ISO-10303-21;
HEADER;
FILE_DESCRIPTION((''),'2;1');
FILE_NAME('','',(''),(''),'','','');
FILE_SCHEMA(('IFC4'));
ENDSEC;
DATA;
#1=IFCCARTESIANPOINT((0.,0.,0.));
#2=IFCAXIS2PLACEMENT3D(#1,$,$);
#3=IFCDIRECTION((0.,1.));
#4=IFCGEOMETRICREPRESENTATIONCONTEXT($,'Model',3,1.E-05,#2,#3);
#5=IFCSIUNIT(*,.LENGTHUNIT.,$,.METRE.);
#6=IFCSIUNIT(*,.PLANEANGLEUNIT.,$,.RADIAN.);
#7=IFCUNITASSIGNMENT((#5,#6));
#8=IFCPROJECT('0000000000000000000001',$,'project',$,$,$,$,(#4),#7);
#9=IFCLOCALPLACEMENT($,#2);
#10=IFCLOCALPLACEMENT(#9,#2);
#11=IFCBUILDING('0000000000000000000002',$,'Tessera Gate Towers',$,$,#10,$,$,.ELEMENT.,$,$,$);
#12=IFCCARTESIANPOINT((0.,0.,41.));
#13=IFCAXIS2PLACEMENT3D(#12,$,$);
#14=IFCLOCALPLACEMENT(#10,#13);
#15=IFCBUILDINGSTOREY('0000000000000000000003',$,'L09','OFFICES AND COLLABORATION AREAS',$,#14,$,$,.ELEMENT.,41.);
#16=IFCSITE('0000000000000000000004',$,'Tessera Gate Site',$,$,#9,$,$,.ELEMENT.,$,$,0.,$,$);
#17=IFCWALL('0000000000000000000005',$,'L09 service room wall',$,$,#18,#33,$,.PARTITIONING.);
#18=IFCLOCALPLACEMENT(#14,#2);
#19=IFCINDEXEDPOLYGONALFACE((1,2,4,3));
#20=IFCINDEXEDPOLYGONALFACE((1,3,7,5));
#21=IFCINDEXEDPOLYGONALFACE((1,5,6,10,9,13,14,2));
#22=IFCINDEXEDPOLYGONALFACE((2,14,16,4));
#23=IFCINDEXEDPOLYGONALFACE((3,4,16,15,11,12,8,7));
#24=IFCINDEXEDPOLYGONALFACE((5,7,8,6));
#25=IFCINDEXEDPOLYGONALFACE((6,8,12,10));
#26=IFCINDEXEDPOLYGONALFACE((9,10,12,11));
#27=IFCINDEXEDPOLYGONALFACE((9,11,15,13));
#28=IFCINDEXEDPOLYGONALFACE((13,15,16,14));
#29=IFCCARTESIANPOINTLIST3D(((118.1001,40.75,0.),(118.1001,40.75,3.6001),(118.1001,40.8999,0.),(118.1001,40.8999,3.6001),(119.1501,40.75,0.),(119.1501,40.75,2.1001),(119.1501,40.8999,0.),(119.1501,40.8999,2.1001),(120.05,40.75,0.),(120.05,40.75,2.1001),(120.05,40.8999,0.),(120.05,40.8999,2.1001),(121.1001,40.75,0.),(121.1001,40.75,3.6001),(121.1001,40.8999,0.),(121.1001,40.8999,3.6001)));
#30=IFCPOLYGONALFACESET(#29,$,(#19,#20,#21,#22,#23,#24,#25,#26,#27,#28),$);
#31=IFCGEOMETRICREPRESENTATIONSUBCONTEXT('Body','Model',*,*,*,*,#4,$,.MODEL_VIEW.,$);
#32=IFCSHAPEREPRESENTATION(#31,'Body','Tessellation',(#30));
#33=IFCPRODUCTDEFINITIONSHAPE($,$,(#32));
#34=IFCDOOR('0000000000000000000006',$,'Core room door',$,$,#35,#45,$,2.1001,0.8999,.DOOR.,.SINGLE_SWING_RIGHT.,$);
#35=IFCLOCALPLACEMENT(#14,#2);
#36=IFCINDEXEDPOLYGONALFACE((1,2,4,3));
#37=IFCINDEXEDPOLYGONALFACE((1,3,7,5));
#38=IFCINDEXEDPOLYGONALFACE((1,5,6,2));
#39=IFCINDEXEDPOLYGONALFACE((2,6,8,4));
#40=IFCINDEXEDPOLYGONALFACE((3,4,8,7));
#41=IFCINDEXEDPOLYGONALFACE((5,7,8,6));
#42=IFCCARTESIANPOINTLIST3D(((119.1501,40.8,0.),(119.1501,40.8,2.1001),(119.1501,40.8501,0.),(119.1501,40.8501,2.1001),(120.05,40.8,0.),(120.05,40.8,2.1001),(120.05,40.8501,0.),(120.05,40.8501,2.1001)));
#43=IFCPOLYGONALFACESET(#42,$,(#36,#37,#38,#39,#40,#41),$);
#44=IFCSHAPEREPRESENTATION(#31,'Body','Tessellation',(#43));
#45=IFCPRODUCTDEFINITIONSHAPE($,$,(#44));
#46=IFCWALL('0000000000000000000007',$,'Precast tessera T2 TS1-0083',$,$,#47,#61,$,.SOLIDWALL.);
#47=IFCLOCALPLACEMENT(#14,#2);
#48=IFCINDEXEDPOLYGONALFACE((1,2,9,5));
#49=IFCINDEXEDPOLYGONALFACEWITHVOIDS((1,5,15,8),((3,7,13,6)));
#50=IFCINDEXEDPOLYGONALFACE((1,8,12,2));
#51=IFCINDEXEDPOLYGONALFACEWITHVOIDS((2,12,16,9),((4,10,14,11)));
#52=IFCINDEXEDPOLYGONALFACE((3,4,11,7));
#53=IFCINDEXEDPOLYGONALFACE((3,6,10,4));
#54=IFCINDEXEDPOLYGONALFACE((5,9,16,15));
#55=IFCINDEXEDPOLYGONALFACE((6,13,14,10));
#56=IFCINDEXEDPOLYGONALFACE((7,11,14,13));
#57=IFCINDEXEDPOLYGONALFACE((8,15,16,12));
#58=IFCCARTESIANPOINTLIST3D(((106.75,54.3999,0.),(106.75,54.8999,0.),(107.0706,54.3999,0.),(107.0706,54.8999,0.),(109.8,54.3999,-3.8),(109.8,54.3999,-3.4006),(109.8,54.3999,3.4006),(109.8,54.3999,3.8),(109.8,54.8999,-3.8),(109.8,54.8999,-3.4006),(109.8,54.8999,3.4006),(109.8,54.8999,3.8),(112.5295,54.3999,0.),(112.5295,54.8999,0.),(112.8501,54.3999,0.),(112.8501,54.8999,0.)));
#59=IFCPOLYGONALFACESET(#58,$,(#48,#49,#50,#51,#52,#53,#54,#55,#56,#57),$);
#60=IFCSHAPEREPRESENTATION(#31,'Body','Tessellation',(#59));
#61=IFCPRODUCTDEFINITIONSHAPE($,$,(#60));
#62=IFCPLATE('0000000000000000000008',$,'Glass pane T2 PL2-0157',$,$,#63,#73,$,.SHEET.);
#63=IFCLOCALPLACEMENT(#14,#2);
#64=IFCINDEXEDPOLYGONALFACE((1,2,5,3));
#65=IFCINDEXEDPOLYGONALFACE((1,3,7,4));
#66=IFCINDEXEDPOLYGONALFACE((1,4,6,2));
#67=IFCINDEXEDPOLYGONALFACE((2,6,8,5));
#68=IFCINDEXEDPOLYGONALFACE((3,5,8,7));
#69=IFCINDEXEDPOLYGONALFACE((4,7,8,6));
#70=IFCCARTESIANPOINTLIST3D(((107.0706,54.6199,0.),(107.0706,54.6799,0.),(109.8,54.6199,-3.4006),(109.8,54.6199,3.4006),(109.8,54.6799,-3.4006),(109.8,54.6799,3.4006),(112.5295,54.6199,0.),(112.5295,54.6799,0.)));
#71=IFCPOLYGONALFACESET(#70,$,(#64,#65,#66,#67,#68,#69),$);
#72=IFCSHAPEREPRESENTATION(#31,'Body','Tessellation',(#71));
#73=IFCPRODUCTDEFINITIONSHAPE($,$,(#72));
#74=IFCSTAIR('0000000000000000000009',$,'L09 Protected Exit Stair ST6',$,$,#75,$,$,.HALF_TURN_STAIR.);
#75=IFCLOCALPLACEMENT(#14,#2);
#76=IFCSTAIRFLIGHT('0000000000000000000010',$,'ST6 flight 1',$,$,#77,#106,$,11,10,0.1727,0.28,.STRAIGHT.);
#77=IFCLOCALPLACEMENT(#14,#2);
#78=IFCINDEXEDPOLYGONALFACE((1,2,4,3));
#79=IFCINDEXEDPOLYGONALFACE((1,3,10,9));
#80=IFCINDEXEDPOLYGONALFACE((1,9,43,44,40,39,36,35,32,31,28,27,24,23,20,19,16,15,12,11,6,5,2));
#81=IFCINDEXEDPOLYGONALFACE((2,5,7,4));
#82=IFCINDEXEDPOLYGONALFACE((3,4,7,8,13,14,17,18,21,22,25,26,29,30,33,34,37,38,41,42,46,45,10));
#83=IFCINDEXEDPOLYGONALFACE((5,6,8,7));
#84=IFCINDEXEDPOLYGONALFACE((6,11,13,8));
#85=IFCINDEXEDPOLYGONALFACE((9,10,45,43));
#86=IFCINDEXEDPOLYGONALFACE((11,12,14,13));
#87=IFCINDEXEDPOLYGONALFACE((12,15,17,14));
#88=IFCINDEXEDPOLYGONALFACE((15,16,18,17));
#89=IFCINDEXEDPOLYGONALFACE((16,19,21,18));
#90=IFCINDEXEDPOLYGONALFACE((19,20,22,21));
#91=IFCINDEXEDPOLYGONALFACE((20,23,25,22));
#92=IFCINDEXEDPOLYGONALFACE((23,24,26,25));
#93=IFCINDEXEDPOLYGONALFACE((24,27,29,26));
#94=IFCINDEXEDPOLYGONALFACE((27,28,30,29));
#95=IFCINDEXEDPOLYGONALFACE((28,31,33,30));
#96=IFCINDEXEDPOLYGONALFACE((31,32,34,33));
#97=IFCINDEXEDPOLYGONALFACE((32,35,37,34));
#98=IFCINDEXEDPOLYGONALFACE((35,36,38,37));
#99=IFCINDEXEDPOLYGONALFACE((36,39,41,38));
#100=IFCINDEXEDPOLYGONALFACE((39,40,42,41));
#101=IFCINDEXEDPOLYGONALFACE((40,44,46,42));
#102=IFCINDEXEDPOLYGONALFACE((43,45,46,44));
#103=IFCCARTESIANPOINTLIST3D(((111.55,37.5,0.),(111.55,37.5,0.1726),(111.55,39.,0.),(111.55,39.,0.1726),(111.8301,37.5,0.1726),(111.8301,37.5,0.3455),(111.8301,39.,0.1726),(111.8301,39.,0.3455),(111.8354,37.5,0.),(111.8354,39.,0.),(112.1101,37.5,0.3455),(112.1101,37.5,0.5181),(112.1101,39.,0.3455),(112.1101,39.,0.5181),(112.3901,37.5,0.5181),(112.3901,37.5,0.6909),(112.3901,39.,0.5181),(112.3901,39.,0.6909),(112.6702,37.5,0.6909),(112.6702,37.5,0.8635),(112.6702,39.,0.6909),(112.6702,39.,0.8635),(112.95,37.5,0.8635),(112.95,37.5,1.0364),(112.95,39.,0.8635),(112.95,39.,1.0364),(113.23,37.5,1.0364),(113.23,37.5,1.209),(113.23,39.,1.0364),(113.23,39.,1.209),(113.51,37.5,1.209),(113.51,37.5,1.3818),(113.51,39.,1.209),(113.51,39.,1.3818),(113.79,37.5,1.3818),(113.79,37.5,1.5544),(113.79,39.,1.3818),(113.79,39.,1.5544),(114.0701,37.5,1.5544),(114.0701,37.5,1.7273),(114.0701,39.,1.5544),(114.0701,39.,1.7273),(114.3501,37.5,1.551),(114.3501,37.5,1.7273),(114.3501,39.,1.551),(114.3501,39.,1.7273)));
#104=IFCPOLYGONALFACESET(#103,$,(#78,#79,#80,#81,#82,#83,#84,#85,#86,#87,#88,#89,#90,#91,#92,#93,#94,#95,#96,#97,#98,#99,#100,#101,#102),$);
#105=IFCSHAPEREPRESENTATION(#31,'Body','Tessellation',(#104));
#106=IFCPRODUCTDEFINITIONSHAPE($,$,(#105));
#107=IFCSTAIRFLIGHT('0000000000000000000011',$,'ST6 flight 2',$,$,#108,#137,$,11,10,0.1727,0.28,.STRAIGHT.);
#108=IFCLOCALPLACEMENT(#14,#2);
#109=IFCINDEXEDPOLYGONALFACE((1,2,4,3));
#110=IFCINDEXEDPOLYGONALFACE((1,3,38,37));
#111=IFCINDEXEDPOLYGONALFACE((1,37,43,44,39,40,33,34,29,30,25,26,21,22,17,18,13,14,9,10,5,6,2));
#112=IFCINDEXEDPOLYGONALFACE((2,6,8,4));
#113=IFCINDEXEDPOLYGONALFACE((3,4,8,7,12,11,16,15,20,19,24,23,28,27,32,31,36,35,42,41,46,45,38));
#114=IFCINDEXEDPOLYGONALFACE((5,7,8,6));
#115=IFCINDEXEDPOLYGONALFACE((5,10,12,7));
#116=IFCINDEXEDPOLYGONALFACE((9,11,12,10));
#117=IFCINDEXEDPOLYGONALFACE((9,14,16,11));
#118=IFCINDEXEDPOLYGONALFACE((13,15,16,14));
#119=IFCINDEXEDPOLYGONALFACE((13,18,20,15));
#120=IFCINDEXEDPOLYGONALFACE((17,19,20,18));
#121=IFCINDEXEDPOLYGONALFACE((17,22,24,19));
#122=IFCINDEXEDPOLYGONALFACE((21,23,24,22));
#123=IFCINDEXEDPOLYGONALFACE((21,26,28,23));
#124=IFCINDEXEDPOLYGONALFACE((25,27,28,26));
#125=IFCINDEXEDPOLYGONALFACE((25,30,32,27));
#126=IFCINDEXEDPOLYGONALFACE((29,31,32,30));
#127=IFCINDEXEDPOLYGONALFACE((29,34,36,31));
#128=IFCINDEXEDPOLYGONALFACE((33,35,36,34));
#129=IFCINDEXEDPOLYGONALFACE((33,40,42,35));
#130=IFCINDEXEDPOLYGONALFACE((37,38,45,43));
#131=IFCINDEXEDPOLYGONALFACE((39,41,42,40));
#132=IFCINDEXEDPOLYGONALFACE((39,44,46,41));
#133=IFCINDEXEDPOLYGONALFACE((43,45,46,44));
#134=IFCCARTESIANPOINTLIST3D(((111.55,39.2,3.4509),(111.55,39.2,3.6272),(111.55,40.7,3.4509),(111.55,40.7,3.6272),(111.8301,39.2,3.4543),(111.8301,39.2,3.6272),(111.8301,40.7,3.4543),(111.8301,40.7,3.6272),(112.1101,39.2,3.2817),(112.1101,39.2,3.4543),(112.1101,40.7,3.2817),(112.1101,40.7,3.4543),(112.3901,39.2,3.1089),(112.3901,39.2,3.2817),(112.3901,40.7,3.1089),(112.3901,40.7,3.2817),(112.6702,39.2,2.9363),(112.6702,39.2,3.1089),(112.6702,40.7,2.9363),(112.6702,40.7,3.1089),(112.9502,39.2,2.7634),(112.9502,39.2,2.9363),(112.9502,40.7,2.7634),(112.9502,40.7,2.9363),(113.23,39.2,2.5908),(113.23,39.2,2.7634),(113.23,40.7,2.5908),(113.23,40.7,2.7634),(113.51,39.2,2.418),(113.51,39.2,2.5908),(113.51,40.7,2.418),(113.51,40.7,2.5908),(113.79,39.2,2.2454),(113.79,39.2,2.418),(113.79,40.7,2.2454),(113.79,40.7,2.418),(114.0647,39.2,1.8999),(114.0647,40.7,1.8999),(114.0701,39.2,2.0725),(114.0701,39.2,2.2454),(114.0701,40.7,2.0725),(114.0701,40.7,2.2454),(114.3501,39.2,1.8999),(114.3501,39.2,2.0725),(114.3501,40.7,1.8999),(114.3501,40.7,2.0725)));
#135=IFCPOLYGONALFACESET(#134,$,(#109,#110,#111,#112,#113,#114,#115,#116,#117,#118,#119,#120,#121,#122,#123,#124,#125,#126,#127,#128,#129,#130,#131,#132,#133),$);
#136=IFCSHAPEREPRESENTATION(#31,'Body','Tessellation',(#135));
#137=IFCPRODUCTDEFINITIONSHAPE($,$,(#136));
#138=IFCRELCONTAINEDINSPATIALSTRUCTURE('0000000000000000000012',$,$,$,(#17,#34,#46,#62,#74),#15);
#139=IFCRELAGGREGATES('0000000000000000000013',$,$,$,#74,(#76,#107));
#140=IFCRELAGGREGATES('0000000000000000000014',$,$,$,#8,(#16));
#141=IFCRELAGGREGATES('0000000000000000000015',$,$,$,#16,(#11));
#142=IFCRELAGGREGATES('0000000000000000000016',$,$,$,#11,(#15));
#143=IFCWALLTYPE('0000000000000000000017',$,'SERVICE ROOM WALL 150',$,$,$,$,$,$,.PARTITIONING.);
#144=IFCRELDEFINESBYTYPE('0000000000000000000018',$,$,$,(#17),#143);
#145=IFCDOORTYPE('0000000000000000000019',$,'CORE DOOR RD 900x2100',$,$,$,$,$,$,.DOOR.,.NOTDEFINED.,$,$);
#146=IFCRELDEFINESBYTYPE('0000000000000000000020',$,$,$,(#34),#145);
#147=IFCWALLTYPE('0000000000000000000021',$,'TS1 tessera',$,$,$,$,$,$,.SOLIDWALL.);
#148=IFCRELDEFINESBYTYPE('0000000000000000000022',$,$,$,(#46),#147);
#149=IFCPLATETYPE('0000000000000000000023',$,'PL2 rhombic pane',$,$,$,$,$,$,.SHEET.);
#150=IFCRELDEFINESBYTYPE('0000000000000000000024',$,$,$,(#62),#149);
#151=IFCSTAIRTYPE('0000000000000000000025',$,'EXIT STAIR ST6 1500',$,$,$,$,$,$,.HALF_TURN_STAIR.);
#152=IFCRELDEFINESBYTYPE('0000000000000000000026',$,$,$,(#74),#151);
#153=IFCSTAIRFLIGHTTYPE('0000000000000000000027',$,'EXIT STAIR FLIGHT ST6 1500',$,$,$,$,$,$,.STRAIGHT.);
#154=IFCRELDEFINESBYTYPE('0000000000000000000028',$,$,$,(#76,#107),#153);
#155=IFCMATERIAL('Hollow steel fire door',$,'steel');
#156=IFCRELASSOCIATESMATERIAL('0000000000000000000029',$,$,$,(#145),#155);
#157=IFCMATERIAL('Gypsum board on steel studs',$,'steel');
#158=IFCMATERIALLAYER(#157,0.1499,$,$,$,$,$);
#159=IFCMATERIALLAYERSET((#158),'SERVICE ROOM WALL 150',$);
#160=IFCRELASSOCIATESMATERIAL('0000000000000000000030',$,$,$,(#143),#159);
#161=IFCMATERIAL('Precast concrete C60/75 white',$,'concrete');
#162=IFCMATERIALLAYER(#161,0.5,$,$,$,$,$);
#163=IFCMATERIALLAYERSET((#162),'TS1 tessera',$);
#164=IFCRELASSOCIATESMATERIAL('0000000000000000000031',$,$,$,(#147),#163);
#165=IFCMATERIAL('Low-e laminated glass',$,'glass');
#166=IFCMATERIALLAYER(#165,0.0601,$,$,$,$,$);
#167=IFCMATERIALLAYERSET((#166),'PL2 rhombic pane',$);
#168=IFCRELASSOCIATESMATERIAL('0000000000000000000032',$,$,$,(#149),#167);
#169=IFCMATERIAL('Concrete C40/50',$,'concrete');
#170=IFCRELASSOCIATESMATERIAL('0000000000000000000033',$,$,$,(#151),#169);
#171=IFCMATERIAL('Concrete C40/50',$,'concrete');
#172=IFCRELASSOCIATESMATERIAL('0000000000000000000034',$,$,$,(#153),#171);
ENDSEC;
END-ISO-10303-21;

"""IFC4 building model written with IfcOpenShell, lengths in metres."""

from ifc_helpers import new_model, si_unit, direction, frame, frame_2d, origin, place, context, subcontext, project, spatial, polyline, rectangle, outline, extrude, source, transform, mapped, material, layer, layer_set, type_object, element, fill, aggregate, save


model = new_model("IFC4")

# Units and contexts
model_context = context("Model", 3, precision=1e-05, world=origin(), true_north=direction((0.0, 1.0)))
body_context = subcontext(model_context, "Body", "Model", "MODEL_VIEW")
ifc_project = project(units=[si_unit("LENGTHUNIT", "METRE"), si_unit("PLANEANGLEUNIT", "RADIAN")], contexts=[model_context])

# Site, building, storey
site_placement = place(None, origin())
site = spatial("IfcSite", under=ifc_project, at=site_placement, Name="Tessera Gate Site", CompositionType="ELEMENT", RefElevation=0.0)
building_placement = place(site_placement, origin())
building = spatial("IfcBuilding", under=site, at=building_placement, Name="Tessera Gate Towers", CompositionType="ELEMENT")
storey_placement = place(building_placement, frame((0.0, 0.0, 41.0)))
storey = spatial("IfcBuildingStorey", under=building, at=storey_placement, Name="L09", Description="OFFICES AND COLLABORATION AREAS", CompositionType="ELEMENT", Elevation=41.0)

# Shared definitions
ifc_material_1 = material(Name="Hollow steel fire door", Category="steel")
door_type_1 = type_object("IfcDoorType", Name="CORE DOOR RD 900x2100", OperationType="NOTDEFINED", PredefinedType="DOOR", material=ifc_material_1)
shared_shape_1 = source(origin(), body_context, "Body", "SweptSolid", [
    extrude(rectangle(XDim=0.8999, YDim=2.1001, at=frame_2d((0.45, 1.05))), frame((0.0, 0.0249, 0.0), z_axis=(0.0, -1.0, 0.0), x_axis=(1.0, 0.0, 0.0)), (0.0, 0.0, 1.0), 0.05),
])

# Wall, opening, door
ifc_material_2 = material(Name="Gypsum board on steel studs", Category="steel")
ifc_layer_1 = layer(ifc_material_2, 0.1499)
ifc_layer_set_1 = layer_set([ifc_layer_1], Name="SERVICE ROOM WALL 150")
wall_type_1 = type_object("IfcWallType", Name="SERVICE ROOM WALL 150", PredefinedType="PARTITIONING", material=ifc_layer_set_1)
wall_1_placement = place(storey_placement, frame((121.1001, 40.825, 0.0), z_axis=(0.0, 0.0, 1.0), x_axis=(-1.0, 0.0, 0.0)))
wall_1 = element("IfcWall", 1, at=wall_1_placement, inside=storey, type_object=wall_type_1, Name="L09 service room wall", PredefinedType="PARTITIONING", context=body_context, shape_type="SweptSolid", body=[
    extrude(rectangle(XDim=3.0, YDim=0.1499, at=frame_2d((1.5, 0.0))), origin(), (0.0, 0.0, 1.0), 3.6001),
])
shared_shape_2 = source(origin(), body_context, "Body", "SweptSolid", [
    extrude(rectangle(XDim=0.8999, YDim=2.1001, at=frame_2d((0.45, 1.05))), frame((0.0, 0.085, 0.0), z_axis=(0.0, -1.0, 0.0), x_axis=(1.0, 0.0, 0.0)), (0.0, 0.0, 1.0), 0.1699),
])
opening_1_placement = place(wall_1_placement, frame((1.05, 0.0, 0.0)))
opening_1 = element("IfcOpeningElement", 2, at=opening_1_placement, cuts=wall_1, PredefinedType="OPENING", context=body_context, shape_type="MappedRepresentation", body=[
    mapped(shared_shape_2, transform((0.0, 0.0, 0.0), scale=1.0)),
])
door_1_placement = place(opening_1_placement, origin())
door_1 = element("IfcDoor", 3, at=door_1_placement, inside=storey, type_object=door_type_1, Name="Core room door", OperationType="SINGLE_SWING_RIGHT", OverallHeight=2.1001, OverallWidth=0.8999, PredefinedType="DOOR", context=body_context, shape_type="MappedRepresentation", body=[
    mapped(shared_shape_1, transform((0.0, 0.0, 0.0), scale=1.0)),
])
fill(opening_1, door_1)

# Wall, opening, plate
ifc_material_3 = material(Name="Precast concrete C60/75 white", Category="concrete")
ifc_layer_2 = layer(ifc_material_3, 0.5)
ifc_layer_set_2 = layer_set([ifc_layer_2], Name="TS1 tessera")
wall_type_2 = type_object("IfcWallType", Name="TS1 tessera", PredefinedType="SOLIDWALL", material=ifc_layer_set_2)
shared_shape_3 = source(origin(), body_context, "Body", "SweptSolid", [
    extrude(outline(polyline([(3.05, 0.0), (6.1001, 3.8), (3.05, 7.6001), (0.0, 3.8), (3.05, 0.0)])), frame((0.0, 0.25, 0.0), z_axis=(0.0, -1.0, 0.0), x_axis=(1.0, 0.0, 0.0)), (0.0, 0.0, 1.0), 0.5),
])
wall_2_placement = place(storey_placement, frame((112.8501, 54.6499, -3.8), z_axis=(0.0, 0.0, 1.0), x_axis=(-1.0, 0.0, 0.0)))
wall_2 = element("IfcWall", 4, at=wall_2_placement, inside=storey, type_object=wall_type_2, Name="Precast tessera T2 TS1-0083", PredefinedType="SOLIDWALL", context=body_context, shape_type="MappedRepresentation", body=[
    mapped(shared_shape_3, transform((0.0, 0.0, 0.0), scale=1.0)),
])
shared_shape_4 = source(origin(), body_context, "Body", "SweptSolid", [
    extrude(outline(polyline([(3.05, 0.3994), (5.7795, 3.8), (3.05, 7.2007), (0.3206, 3.8), (3.05, 0.3994)])), frame((0.0, 0.26, 0.0), z_axis=(0.0, -1.0, 0.0), x_axis=(1.0, 0.0, 0.0)), (0.0, 0.0, 1.0), 0.52),
])
opening_2_placement = place(wall_2_placement, origin())
opening_2 = element("IfcOpeningElement", 5, at=opening_2_placement, cuts=wall_2, PredefinedType="OPENING", context=body_context, shape_type="MappedRepresentation", body=[
    mapped(shared_shape_4, transform((0.0, 0.0, 0.0), scale=1.0)),
])
ifc_material_4 = material(Name="Low-e laminated glass", Category="glass")
ifc_layer_3 = layer(ifc_material_4, 0.0601)
ifc_layer_set_3 = layer_set([ifc_layer_3], Name="PL2 rhombic pane")
plate_type = type_object("IfcPlateType", Name="PL2 rhombic pane", PredefinedType="SHEET", material=ifc_layer_set_3)
shared_shape_5 = source(origin(), body_context, "Body", "SweptSolid", [
    extrude(outline(polyline([(3.05, 0.3994), (5.7795, 3.8), (3.05, 7.2007), (0.3206, 3.8), (3.05, 0.3994)])), frame((0.0, 0.03, 0.0), z_axis=(0.0, -1.0, 0.0), x_axis=(1.0, 0.0, 0.0)), (0.0, 0.0, 1.0), 0.0601),
])
plate_placement = place(opening_2_placement, origin())
plate = element("IfcPlate", 6, at=plate_placement, inside=storey, type_object=plate_type, Name="Glass pane T2 PL2-0157", PredefinedType="SHEET", context=body_context, shape_type="MappedRepresentation", body=[
    mapped(shared_shape_5, transform((0.0, 0.0, 0.0), scale=1.0)),
])
fill(opening_2, plate)

# Stair, stair flights
ifc_material_5 = material(Name="Concrete C40/50", Category="concrete")
stair_type = type_object("IfcStairType", Name="EXIT STAIR ST6 1500", PredefinedType="HALF_TURN_STAIR", material=ifc_material_5)
stair_placement = place(storey_placement, origin())
stair = element("IfcStair", 7, at=stair_placement, inside=storey, type_object=stair_type, Name="L09 Protected Exit Stair ST6", PredefinedType="HALF_TURN_STAIR")
ifc_material_6 = material(Name="Concrete C40/50", Category="concrete")
stair_flight_type = type_object("IfcStairFlightType", Name="EXIT STAIR FLIGHT ST6 1500", PredefinedType="STRAIGHT", material=ifc_material_6)
stair_flight_1_placement = place(storey_placement, frame((111.55, 38.25, 0.0), z_axis=(0.0, 0.0, 1.0), x_axis=(1.0, 0.0, 0.0)))
stair_flight_1 = element("IfcStairFlight", 8, at=stair_flight_1_placement, type_object=stair_flight_type, Name="ST6 flight 1", NumberOfRisers=11, NumberOfTreads=10, PredefinedType="STRAIGHT", RiserHeight=0.1727, TreadLength=0.28, context=body_context, shape_type="SweptSolid", body=[
    extrude(outline(polyline([(0.0, 0.0), (0.0, 0.1726), (0.28, 0.1726), (0.28, 0.3455), (0.5601, 0.3455), (0.5601, 0.5181), (0.8401, 0.5181), (0.8401, 0.6909), (1.1201, 0.6909), (1.1201, 0.8635), (1.3999, 0.8635), (1.3999, 1.0364), (1.6799, 1.0364), (1.6799, 1.209), (1.96, 1.209), (1.96, 1.3818), (2.24, 1.3818), (2.24, 1.5544), (2.52, 1.5544), (2.52, 1.7273), (2.8, 1.7273), (2.8, 1.8999), (2.8, 1.551), (0.2854, 0.0), (0.0, 0.0)])), frame((0.0, 0.75, 0.0), z_axis=(0.0, -1.0, 0.0), x_axis=(1.0, 0.0, 0.0)), (0.0, 0.0, 1.0), 1.5),
])
stair_flight_2_placement = place(storey_placement, frame((114.3501, 39.95, 1.8999), z_axis=(0.0, 0.0, 1.0), x_axis=(-1.0, 0.0, 0.0)))
stair_flight_2 = element("IfcStairFlight", 9, at=stair_flight_2_placement, type_object=stair_flight_type, Name="ST6 flight 2", NumberOfRisers=11, NumberOfTreads=10, PredefinedType="STRAIGHT", RiserHeight=0.1727, TreadLength=0.28, context=body_context, shape_type="SweptSolid", body=[
    extrude(outline(polyline([(0.0, 0.0), (0.0, 0.1726), (0.28, 0.1726), (0.28, 0.3455), (0.5601, 0.3455), (0.5601, 0.5181), (0.8401, 0.5181), (0.8401, 0.6909), (1.1201, 0.6909), (1.1201, 0.8635), (1.3999, 0.8635), (1.3999, 1.0364), (1.6799, 1.0364), (1.6799, 1.209), (1.96, 1.209), (1.96, 1.3818), (2.24, 1.3818), (2.24, 1.5544), (2.52, 1.5544), (2.52, 1.7273), (2.8, 1.7273), (2.8, 1.8999), (2.8, 1.551), (0.2854, 0.0), (0.0, 0.0)])), frame((0.0, 0.75, 0.0), z_axis=(0.0, -1.0, 0.0), x_axis=(1.0, 0.0, 0.0)), (0.0, 0.0, 1.0), 1.5),
])
aggregate(stair, [stair_flight_1, stair_flight_2])

save(model, "model.ifc")
